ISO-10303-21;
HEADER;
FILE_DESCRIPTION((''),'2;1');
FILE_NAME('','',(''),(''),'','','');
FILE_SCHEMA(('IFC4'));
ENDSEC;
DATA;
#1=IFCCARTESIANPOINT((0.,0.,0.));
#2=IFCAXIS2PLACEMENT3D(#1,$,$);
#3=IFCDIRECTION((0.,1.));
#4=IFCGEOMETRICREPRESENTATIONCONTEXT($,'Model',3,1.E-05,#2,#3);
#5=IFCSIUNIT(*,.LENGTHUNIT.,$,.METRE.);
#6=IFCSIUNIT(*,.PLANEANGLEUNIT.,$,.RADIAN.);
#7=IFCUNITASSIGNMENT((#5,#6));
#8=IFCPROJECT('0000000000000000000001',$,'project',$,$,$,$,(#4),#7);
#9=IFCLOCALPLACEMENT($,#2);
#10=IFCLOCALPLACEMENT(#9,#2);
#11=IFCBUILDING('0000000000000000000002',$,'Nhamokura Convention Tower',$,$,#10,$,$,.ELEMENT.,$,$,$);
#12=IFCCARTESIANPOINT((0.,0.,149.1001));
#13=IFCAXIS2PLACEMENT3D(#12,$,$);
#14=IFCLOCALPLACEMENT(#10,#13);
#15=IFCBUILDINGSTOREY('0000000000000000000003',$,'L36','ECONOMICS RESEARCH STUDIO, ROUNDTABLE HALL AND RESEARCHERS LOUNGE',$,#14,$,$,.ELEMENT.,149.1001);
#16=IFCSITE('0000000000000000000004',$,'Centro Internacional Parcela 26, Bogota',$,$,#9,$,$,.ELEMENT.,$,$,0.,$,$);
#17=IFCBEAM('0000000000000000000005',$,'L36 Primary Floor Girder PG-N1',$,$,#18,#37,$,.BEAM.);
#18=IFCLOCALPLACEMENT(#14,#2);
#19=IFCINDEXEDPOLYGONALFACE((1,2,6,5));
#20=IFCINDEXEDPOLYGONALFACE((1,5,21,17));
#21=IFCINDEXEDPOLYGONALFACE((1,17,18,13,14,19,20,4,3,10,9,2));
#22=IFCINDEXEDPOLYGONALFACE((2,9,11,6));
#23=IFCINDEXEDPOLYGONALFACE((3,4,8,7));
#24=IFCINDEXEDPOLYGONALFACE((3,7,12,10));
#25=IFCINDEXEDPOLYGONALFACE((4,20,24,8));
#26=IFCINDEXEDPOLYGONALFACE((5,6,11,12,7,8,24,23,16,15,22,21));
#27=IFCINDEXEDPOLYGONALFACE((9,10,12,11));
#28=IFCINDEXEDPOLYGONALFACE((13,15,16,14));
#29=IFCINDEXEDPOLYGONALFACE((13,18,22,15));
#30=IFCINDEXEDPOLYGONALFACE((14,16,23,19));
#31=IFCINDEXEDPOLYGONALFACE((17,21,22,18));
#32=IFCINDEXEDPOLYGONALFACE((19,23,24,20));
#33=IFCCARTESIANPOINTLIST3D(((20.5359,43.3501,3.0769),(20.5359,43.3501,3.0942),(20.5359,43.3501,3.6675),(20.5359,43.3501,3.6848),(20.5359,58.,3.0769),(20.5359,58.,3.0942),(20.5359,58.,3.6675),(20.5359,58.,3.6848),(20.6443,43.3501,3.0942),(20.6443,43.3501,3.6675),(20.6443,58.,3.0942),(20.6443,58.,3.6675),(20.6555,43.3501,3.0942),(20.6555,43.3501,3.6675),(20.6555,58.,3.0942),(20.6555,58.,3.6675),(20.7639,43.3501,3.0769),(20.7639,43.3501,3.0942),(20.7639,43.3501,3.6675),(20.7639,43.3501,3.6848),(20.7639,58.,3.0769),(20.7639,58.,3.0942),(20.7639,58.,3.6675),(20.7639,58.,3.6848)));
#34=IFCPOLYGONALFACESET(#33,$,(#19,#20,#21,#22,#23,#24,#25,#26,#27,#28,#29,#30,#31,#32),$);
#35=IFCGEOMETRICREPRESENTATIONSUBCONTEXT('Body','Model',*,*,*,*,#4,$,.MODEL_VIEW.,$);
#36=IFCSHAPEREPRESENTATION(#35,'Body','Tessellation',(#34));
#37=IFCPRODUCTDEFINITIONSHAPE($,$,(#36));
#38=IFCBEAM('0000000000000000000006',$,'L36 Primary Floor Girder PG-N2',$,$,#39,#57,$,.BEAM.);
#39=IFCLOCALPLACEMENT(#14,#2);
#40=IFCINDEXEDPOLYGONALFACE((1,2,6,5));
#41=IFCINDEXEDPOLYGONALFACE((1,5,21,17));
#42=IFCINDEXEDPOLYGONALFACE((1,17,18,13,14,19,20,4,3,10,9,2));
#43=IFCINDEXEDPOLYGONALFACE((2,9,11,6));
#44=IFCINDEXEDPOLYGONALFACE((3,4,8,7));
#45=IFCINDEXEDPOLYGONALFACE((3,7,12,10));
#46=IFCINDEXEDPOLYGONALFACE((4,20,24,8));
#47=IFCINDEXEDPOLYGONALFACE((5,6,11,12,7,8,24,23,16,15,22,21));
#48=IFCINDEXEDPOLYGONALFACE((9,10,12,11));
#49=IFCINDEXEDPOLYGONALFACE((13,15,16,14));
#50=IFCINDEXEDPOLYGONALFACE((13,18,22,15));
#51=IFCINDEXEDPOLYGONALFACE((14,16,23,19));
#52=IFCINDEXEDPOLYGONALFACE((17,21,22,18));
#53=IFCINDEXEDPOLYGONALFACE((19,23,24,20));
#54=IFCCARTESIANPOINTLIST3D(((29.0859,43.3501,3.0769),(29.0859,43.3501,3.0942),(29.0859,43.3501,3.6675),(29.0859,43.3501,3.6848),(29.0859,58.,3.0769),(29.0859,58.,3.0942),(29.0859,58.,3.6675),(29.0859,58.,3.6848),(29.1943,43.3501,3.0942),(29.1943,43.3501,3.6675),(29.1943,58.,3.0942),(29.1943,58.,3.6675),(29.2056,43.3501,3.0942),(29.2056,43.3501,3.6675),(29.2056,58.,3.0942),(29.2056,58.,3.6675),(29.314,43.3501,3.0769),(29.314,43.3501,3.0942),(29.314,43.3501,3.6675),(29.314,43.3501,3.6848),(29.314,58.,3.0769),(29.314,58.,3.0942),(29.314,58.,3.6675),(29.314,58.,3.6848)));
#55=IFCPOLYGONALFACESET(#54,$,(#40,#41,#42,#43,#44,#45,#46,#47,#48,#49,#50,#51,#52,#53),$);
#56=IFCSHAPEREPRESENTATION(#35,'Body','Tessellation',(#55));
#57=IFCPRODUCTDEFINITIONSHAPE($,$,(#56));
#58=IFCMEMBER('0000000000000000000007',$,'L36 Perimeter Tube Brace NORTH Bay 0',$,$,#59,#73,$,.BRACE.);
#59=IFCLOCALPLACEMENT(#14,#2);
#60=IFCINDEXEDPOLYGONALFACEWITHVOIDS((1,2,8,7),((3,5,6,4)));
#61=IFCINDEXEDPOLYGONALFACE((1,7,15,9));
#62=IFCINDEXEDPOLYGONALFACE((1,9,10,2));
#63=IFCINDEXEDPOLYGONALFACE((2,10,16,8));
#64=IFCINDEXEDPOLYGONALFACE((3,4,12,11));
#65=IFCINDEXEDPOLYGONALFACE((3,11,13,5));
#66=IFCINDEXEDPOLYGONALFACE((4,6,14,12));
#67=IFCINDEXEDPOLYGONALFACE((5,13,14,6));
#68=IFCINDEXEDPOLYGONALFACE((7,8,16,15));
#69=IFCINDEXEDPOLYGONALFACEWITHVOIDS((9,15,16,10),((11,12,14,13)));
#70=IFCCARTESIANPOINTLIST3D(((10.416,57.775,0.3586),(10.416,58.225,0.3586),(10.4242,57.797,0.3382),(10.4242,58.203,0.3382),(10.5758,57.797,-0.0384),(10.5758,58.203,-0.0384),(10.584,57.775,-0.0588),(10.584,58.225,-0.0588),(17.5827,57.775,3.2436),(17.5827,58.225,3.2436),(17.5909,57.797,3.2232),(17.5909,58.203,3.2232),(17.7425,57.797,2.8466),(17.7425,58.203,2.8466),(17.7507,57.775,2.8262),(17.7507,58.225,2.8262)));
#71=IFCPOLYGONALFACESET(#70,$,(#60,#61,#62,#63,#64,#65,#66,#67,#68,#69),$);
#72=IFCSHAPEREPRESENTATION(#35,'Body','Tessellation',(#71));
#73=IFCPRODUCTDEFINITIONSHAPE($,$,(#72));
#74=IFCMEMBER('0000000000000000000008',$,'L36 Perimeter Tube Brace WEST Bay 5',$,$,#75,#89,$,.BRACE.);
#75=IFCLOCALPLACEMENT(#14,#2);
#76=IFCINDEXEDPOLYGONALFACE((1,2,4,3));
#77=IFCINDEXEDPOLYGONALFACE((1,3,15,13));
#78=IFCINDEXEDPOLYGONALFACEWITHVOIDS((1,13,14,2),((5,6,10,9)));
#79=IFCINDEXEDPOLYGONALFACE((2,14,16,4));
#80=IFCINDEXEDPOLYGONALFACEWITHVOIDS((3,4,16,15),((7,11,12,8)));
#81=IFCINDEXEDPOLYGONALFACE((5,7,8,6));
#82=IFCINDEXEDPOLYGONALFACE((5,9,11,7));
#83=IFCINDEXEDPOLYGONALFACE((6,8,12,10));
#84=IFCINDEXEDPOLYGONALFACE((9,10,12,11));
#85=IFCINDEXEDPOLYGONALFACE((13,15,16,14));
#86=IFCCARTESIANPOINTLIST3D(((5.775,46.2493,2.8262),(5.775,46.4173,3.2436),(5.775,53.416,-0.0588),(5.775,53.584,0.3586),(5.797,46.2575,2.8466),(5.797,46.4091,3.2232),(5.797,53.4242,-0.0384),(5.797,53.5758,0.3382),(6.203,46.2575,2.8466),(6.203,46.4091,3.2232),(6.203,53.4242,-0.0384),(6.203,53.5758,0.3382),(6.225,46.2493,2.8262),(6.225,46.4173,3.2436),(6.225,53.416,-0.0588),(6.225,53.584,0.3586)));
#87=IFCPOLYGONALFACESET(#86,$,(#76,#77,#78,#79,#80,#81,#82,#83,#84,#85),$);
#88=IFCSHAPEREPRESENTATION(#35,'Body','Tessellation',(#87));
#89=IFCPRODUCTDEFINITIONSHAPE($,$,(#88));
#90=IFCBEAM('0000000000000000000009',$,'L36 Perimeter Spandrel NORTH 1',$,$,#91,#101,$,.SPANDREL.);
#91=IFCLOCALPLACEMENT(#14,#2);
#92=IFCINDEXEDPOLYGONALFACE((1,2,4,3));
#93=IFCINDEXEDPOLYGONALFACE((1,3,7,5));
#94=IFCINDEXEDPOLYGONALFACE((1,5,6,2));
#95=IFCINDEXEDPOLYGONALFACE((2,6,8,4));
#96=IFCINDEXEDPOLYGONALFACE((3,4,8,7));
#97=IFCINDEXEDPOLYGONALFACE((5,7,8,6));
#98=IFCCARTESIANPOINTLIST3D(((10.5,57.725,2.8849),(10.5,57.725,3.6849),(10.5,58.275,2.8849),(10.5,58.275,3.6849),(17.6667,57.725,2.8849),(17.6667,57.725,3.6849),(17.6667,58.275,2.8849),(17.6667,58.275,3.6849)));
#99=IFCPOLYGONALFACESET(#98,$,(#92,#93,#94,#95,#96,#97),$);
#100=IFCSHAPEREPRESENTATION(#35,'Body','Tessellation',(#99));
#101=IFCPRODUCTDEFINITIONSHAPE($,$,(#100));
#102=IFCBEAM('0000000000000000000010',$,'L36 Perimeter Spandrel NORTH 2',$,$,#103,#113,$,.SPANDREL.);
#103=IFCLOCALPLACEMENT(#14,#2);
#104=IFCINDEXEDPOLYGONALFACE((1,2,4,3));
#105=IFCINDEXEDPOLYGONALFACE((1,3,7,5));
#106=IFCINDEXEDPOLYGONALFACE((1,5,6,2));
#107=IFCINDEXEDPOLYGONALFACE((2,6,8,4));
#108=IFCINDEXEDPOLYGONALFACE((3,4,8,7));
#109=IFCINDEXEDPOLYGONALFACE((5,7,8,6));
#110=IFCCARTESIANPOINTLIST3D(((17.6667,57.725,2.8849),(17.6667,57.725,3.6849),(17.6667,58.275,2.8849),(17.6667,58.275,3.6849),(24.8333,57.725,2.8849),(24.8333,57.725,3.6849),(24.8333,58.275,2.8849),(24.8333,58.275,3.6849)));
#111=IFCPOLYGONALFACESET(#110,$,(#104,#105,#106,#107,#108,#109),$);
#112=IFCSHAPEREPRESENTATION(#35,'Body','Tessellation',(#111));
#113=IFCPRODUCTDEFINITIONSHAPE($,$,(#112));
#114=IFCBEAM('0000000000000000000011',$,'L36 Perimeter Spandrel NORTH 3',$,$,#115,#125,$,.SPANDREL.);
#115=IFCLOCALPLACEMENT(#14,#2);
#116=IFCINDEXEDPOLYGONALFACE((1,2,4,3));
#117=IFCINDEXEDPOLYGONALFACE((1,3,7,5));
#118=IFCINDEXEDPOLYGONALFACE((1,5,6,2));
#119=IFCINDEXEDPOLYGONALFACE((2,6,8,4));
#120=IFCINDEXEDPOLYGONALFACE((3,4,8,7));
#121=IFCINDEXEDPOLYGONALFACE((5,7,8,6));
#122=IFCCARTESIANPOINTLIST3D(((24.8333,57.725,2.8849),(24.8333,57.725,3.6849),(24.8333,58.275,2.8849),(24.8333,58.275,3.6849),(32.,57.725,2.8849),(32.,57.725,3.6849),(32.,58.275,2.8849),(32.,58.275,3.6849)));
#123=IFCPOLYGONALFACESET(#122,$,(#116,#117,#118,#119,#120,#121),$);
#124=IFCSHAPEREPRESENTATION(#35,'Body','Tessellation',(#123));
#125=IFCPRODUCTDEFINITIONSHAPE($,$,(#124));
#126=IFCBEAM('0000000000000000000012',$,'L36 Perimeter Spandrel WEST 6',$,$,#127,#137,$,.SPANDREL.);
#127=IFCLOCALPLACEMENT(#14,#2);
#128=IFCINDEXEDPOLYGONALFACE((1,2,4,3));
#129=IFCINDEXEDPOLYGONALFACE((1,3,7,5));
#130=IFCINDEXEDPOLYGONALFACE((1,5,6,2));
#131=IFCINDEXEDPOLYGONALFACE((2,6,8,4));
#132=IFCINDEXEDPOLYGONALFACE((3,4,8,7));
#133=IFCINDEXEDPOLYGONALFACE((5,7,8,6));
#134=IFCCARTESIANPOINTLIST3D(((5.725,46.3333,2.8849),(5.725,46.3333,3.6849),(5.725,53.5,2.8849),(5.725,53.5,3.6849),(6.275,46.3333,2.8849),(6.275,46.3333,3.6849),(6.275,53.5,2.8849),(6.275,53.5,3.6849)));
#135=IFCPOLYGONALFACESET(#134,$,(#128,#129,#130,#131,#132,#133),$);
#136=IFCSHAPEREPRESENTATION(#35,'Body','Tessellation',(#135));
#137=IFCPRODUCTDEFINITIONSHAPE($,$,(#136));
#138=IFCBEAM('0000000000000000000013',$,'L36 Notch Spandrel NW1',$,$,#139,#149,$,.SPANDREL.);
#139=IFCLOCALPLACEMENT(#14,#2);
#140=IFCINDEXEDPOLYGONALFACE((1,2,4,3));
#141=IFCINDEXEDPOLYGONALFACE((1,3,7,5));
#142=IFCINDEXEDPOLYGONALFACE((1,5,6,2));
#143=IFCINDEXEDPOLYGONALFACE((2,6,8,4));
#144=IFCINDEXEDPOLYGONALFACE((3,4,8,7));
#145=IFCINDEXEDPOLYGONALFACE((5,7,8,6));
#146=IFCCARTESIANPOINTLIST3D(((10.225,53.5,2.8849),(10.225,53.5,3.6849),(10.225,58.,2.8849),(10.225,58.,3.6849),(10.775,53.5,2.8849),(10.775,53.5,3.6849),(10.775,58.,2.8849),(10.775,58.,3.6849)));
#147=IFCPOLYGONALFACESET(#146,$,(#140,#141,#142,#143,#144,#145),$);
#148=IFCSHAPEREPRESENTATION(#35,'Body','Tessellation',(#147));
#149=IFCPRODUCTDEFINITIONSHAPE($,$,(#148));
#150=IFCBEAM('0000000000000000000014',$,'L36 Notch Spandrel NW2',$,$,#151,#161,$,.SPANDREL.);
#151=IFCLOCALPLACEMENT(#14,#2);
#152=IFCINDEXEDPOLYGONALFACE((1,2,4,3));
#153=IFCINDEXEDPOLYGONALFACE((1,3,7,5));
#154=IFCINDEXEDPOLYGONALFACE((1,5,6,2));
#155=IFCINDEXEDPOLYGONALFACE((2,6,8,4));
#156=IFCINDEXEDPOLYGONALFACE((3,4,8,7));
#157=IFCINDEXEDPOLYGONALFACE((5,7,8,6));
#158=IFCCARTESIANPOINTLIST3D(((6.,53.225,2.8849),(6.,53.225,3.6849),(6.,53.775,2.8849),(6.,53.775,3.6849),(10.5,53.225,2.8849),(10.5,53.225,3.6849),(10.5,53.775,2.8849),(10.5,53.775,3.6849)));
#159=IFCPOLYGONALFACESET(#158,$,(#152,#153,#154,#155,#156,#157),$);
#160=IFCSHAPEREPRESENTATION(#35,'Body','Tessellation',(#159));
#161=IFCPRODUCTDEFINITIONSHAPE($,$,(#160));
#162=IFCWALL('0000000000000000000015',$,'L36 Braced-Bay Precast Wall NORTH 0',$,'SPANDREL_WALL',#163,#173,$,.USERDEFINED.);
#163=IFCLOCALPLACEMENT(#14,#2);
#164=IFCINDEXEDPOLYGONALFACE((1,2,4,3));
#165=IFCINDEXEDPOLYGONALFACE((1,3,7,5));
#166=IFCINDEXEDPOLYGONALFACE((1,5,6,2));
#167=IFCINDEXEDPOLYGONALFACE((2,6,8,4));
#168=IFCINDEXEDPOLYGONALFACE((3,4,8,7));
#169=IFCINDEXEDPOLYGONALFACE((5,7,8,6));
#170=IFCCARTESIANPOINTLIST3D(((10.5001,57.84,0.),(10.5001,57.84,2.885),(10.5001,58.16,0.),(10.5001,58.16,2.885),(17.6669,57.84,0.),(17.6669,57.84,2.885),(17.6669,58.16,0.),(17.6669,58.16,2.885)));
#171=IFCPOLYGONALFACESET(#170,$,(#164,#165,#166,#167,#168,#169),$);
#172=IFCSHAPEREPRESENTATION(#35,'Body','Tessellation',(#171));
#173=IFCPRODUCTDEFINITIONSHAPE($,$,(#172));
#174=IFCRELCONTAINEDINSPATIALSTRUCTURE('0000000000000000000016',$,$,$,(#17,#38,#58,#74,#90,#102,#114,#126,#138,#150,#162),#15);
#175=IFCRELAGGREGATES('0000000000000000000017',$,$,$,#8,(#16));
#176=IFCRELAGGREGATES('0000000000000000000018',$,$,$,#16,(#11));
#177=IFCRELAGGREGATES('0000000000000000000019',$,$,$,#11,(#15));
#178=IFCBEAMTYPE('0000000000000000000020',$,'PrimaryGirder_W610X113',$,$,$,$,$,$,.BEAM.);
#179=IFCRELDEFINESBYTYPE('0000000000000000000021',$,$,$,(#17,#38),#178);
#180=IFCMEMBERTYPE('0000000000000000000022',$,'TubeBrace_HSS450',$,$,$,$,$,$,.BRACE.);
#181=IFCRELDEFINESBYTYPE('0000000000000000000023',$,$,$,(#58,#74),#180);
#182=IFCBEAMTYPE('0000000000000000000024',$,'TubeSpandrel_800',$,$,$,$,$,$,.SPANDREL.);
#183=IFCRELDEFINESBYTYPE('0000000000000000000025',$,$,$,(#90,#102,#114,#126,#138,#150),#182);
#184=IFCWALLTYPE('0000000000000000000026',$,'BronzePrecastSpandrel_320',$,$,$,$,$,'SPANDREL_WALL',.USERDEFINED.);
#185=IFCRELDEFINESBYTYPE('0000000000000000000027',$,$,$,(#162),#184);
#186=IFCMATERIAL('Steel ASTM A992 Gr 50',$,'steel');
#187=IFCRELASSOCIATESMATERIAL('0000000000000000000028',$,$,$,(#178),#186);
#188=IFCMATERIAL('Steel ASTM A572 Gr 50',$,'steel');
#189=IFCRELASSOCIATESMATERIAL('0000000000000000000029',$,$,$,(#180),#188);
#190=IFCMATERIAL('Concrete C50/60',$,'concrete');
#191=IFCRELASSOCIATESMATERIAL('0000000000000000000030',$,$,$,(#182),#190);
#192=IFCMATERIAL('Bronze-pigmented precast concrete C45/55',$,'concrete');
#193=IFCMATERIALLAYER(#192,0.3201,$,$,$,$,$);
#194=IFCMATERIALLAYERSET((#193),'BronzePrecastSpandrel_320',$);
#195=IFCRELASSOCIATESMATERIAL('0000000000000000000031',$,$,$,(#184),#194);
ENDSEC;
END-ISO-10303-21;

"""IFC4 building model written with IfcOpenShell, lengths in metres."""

from ifc_helpers import new_model, si_unit, direction, frame, frame_2d, origin, origin_2d, place, context, subcontext, project, spatial, rectangle, hollow_rectangle, i_section, extrude, material, layer, layer_set, material_profile, profile_set, type_object, element, save


model = new_model("IFC4")

# Units and contexts
model_context = context("Model", 3, precision=1e-05, world=origin(), true_north=direction((0.0, 1.0)))
body_context = subcontext(model_context, "Body", "Model", "MODEL_VIEW")
ifc_project = project(units=[si_unit("LENGTHUNIT", "METRE"), si_unit("PLANEANGLEUNIT", "RADIAN")], contexts=[model_context])

# Site, building, storey
site_placement = place(None, origin())
site = spatial("IfcSite", under=ifc_project, at=site_placement, Name="Centro Internacional Parcela 26, Bogota", CompositionType="ELEMENT", RefElevation=0.0)
building_placement = place(site_placement, origin())
building = spatial("IfcBuilding", under=site, at=building_placement, Name="Nhamokura Convention Tower", CompositionType="ELEMENT")
storey_placement = place(building_placement, frame((0.0, 0.0, 149.1001)))
storey = spatial("IfcBuildingStorey", under=building, at=storey_placement, Name="L36", Description="ECONOMICS RESEARCH STUDIO, ROUNDTABLE HALL AND RESEARCHERS LOUNGE", CompositionType="ELEMENT", Elevation=149.1001)

# Beams
ifc_material_1 = material(Name="Steel ASTM A992 Gr 50", Category="steel")
ifc_material_profile_1 = material_profile(ifc_material_1, i_section(OverallWidth=0.228, OverallDepth=0.6079, WebThickness=0.0112, FlangeThickness=0.0173, at=origin_2d()))
ifc_profile_set_1 = profile_set([ifc_material_profile_1], Name="Steel ASTM A992 Gr 50")
beam_type_1 = type_object("IfcBeamType", Name="PrimaryGirder_W610X113", PredefinedType="BEAM", material=ifc_profile_set_1)
for number, where, z_axis, x_axis, name in (
    (1, (20.6499, 43.3501, 3.3809), (0.0, 1.0, 0.0), (-1.0, 0.0, 0.0), "L36 Primary Floor Girder PG-N1"),
    (2, (29.2, 43.3501, 3.3809), (0.0, 1.0, 0.0), (-1.0, 0.0, 0.0), "L36 Primary Floor Girder PG-N2"),
):
    element("IfcBeam", number, at=place(storey_placement, frame(where, z_axis=z_axis, x_axis=x_axis)), inside=storey, type_object=beam_type_1, Name=name, PredefinedType="BEAM", context=body_context, shape_type="SweptSolid", body=[
        extrude(i_section(OverallWidth=0.228, OverallDepth=0.6079, WebThickness=0.0112, FlangeThickness=0.0173, at=origin_2d()), origin(), (0.0, 0.0, 1.0), 14.6499),
    ])

# Members
ifc_material_2 = material(Name="Steel ASTM A572 Gr 50", Category="steel")
ifc_material_profile_2 = material_profile(ifc_material_2, hollow_rectangle(XDim=0.45, YDim=0.45, WallThickness=0.022, at=origin_2d()))
ifc_profile_set_2 = profile_set([ifc_material_profile_2], Name="Steel ASTM A572 Gr 50")
member_type_1 = type_object("IfcMemberType", Name="TubeBrace_HSS450", PredefinedType="BRACE", material=ifc_profile_set_2)
for number, where, z_axis, x_axis, name in (
    (3, (10.5, 58.0, 0.1499), (0.927657, 0.0, 0.373433), (0.0, 1.0, 0.0), "L36 Perimeter Tube Brace NORTH Bay 0"),
    (4, (6.0, 53.5, 0.1499), (0.0, -0.927657, 0.373433), (1.0, 0.0, 0.0), "L36 Perimeter Tube Brace WEST Bay 5"),
):
    element("IfcMember", number, at=place(storey_placement, frame(where, z_axis=z_axis, x_axis=x_axis)), inside=storey, type_object=member_type_1, Name=name, PredefinedType="BRACE", context=body_context, shape_type="SweptSolid", body=[
        extrude(hollow_rectangle(XDim=0.45, YDim=0.45, WallThickness=0.022, at=origin_2d()), origin(), (0.0, 0.0, 1.0), 7.7256),
    ])

# Beams
ifc_material_3 = material(Name="Concrete C50/60", Category="concrete")
ifc_material_profile_3 = material_profile(ifc_material_3, rectangle(XDim=0.55, YDim=0.8, at=origin_2d()))
ifc_profile_set_3 = profile_set([ifc_material_profile_3], Name="Concrete C50/60")
beam_type_2 = type_object("IfcBeamType", Name="TubeSpandrel_800", PredefinedType="SPANDREL", material=ifc_profile_set_3)
beam_1_placement = place(storey_placement, frame((10.5, 58.0, 3.2849), z_axis=(1.0, 0.0, 0.0), x_axis=(0.0, 1.0, 0.0)))
element("IfcBeam", 5, at=beam_1_placement, inside=storey, type_object=beam_type_2, Name="L36 Perimeter Spandrel NORTH 1", PredefinedType="SPANDREL", context=body_context, shape_type="SweptSolid", body=[
    extrude(rectangle(XDim=0.55, YDim=0.8, at=origin_2d()), origin(), (0.0, 0.0, 1.0), 7.1667),
])
beam_2_placement = place(storey_placement, frame((17.6667, 58.0, 3.2849), z_axis=(1.0, 0.0, 0.0), x_axis=(0.0, 1.0, 0.0)))
element("IfcBeam", 6, at=beam_2_placement, inside=storey, type_object=beam_type_2, Name="L36 Perimeter Spandrel NORTH 2", PredefinedType="SPANDREL", context=body_context, shape_type="SweptSolid", body=[
    extrude(rectangle(XDim=0.55, YDim=0.8, at=origin_2d()), origin(), (0.0, 0.0, 1.0), 7.1665),
])
for number, where, z_axis, x_axis, name in (
    (7, (24.8333, 58.0, 3.2849), (1.0, 0.0, 0.0), (0.0, 1.0, 0.0), "L36 Perimeter Spandrel NORTH 3"),
    (8, (6.0, 46.3333, 3.2849), (0.0, 1.0, 0.0), (-1.0, 0.0, 0.0), "L36 Perimeter Spandrel WEST 6"),
):
    element("IfcBeam", number, at=place(storey_placement, frame(where, z_axis=z_axis, x_axis=x_axis)), inside=storey, type_object=beam_type_2, Name=name, PredefinedType="SPANDREL", context=body_context, shape_type="SweptSolid", body=[
        extrude(rectangle(XDim=0.55, YDim=0.8, at=origin_2d()), origin(), (0.0, 0.0, 1.0), 7.1667),
    ])
for number, where, z_axis, x_axis, name in (
    (9, (10.5, 58.0, 3.2849), (0.0, -1.0, 0.0), (1.0, 0.0, 0.0), "L36 Notch Spandrel NW1"),
    (10, (10.5, 53.5, 3.2849), (-1.0, 0.0, 0.0), (0.0, -1.0, 0.0), "L36 Notch Spandrel NW2"),
):
    element("IfcBeam", number, at=place(storey_placement, frame(where, z_axis=z_axis, x_axis=x_axis)), inside=storey, type_object=beam_type_2, Name=name, PredefinedType="SPANDREL", context=body_context, shape_type="SweptSolid", body=[
        extrude(rectangle(XDim=0.55, YDim=0.8, at=origin_2d()), origin(), (0.0, 0.0, 1.0), 4.5),
    ])

# Wall
ifc_material_4 = material(Name="Bronze-pigmented precast concrete C45/55", Category="concrete")
ifc_layer_1 = layer(ifc_material_4, 0.3201)
ifc_layer_set_1 = layer_set([ifc_layer_1], Name="BronzePrecastSpandrel_320")
wall_type_1 = type_object("IfcWallType", Name="BronzePrecastSpandrel_320", ElementType="SPANDREL_WALL", PredefinedType="USERDEFINED", material=ifc_layer_set_1)
wall_1_placement = place(storey_placement, frame((10.5, 58.0, 0.0), z_axis=(0.0, 0.0, 1.0), x_axis=(1.0, 0.0, 0.0)))
element("IfcWall", 11, at=wall_1_placement, inside=storey, type_object=wall_type_1, Name="L36 Braced-Bay Precast Wall NORTH 0", ObjectType="SPANDREL_WALL", PredefinedType="USERDEFINED", context=body_context, shape_type="SweptSolid", body=[
    extrude(rectangle(XDim=7.1667, YDim=0.3201, at=frame_2d((3.5835, 0.0))), origin(), (0.0, 0.0, 1.0), 2.885),
])

save(model, "model.ifc")
